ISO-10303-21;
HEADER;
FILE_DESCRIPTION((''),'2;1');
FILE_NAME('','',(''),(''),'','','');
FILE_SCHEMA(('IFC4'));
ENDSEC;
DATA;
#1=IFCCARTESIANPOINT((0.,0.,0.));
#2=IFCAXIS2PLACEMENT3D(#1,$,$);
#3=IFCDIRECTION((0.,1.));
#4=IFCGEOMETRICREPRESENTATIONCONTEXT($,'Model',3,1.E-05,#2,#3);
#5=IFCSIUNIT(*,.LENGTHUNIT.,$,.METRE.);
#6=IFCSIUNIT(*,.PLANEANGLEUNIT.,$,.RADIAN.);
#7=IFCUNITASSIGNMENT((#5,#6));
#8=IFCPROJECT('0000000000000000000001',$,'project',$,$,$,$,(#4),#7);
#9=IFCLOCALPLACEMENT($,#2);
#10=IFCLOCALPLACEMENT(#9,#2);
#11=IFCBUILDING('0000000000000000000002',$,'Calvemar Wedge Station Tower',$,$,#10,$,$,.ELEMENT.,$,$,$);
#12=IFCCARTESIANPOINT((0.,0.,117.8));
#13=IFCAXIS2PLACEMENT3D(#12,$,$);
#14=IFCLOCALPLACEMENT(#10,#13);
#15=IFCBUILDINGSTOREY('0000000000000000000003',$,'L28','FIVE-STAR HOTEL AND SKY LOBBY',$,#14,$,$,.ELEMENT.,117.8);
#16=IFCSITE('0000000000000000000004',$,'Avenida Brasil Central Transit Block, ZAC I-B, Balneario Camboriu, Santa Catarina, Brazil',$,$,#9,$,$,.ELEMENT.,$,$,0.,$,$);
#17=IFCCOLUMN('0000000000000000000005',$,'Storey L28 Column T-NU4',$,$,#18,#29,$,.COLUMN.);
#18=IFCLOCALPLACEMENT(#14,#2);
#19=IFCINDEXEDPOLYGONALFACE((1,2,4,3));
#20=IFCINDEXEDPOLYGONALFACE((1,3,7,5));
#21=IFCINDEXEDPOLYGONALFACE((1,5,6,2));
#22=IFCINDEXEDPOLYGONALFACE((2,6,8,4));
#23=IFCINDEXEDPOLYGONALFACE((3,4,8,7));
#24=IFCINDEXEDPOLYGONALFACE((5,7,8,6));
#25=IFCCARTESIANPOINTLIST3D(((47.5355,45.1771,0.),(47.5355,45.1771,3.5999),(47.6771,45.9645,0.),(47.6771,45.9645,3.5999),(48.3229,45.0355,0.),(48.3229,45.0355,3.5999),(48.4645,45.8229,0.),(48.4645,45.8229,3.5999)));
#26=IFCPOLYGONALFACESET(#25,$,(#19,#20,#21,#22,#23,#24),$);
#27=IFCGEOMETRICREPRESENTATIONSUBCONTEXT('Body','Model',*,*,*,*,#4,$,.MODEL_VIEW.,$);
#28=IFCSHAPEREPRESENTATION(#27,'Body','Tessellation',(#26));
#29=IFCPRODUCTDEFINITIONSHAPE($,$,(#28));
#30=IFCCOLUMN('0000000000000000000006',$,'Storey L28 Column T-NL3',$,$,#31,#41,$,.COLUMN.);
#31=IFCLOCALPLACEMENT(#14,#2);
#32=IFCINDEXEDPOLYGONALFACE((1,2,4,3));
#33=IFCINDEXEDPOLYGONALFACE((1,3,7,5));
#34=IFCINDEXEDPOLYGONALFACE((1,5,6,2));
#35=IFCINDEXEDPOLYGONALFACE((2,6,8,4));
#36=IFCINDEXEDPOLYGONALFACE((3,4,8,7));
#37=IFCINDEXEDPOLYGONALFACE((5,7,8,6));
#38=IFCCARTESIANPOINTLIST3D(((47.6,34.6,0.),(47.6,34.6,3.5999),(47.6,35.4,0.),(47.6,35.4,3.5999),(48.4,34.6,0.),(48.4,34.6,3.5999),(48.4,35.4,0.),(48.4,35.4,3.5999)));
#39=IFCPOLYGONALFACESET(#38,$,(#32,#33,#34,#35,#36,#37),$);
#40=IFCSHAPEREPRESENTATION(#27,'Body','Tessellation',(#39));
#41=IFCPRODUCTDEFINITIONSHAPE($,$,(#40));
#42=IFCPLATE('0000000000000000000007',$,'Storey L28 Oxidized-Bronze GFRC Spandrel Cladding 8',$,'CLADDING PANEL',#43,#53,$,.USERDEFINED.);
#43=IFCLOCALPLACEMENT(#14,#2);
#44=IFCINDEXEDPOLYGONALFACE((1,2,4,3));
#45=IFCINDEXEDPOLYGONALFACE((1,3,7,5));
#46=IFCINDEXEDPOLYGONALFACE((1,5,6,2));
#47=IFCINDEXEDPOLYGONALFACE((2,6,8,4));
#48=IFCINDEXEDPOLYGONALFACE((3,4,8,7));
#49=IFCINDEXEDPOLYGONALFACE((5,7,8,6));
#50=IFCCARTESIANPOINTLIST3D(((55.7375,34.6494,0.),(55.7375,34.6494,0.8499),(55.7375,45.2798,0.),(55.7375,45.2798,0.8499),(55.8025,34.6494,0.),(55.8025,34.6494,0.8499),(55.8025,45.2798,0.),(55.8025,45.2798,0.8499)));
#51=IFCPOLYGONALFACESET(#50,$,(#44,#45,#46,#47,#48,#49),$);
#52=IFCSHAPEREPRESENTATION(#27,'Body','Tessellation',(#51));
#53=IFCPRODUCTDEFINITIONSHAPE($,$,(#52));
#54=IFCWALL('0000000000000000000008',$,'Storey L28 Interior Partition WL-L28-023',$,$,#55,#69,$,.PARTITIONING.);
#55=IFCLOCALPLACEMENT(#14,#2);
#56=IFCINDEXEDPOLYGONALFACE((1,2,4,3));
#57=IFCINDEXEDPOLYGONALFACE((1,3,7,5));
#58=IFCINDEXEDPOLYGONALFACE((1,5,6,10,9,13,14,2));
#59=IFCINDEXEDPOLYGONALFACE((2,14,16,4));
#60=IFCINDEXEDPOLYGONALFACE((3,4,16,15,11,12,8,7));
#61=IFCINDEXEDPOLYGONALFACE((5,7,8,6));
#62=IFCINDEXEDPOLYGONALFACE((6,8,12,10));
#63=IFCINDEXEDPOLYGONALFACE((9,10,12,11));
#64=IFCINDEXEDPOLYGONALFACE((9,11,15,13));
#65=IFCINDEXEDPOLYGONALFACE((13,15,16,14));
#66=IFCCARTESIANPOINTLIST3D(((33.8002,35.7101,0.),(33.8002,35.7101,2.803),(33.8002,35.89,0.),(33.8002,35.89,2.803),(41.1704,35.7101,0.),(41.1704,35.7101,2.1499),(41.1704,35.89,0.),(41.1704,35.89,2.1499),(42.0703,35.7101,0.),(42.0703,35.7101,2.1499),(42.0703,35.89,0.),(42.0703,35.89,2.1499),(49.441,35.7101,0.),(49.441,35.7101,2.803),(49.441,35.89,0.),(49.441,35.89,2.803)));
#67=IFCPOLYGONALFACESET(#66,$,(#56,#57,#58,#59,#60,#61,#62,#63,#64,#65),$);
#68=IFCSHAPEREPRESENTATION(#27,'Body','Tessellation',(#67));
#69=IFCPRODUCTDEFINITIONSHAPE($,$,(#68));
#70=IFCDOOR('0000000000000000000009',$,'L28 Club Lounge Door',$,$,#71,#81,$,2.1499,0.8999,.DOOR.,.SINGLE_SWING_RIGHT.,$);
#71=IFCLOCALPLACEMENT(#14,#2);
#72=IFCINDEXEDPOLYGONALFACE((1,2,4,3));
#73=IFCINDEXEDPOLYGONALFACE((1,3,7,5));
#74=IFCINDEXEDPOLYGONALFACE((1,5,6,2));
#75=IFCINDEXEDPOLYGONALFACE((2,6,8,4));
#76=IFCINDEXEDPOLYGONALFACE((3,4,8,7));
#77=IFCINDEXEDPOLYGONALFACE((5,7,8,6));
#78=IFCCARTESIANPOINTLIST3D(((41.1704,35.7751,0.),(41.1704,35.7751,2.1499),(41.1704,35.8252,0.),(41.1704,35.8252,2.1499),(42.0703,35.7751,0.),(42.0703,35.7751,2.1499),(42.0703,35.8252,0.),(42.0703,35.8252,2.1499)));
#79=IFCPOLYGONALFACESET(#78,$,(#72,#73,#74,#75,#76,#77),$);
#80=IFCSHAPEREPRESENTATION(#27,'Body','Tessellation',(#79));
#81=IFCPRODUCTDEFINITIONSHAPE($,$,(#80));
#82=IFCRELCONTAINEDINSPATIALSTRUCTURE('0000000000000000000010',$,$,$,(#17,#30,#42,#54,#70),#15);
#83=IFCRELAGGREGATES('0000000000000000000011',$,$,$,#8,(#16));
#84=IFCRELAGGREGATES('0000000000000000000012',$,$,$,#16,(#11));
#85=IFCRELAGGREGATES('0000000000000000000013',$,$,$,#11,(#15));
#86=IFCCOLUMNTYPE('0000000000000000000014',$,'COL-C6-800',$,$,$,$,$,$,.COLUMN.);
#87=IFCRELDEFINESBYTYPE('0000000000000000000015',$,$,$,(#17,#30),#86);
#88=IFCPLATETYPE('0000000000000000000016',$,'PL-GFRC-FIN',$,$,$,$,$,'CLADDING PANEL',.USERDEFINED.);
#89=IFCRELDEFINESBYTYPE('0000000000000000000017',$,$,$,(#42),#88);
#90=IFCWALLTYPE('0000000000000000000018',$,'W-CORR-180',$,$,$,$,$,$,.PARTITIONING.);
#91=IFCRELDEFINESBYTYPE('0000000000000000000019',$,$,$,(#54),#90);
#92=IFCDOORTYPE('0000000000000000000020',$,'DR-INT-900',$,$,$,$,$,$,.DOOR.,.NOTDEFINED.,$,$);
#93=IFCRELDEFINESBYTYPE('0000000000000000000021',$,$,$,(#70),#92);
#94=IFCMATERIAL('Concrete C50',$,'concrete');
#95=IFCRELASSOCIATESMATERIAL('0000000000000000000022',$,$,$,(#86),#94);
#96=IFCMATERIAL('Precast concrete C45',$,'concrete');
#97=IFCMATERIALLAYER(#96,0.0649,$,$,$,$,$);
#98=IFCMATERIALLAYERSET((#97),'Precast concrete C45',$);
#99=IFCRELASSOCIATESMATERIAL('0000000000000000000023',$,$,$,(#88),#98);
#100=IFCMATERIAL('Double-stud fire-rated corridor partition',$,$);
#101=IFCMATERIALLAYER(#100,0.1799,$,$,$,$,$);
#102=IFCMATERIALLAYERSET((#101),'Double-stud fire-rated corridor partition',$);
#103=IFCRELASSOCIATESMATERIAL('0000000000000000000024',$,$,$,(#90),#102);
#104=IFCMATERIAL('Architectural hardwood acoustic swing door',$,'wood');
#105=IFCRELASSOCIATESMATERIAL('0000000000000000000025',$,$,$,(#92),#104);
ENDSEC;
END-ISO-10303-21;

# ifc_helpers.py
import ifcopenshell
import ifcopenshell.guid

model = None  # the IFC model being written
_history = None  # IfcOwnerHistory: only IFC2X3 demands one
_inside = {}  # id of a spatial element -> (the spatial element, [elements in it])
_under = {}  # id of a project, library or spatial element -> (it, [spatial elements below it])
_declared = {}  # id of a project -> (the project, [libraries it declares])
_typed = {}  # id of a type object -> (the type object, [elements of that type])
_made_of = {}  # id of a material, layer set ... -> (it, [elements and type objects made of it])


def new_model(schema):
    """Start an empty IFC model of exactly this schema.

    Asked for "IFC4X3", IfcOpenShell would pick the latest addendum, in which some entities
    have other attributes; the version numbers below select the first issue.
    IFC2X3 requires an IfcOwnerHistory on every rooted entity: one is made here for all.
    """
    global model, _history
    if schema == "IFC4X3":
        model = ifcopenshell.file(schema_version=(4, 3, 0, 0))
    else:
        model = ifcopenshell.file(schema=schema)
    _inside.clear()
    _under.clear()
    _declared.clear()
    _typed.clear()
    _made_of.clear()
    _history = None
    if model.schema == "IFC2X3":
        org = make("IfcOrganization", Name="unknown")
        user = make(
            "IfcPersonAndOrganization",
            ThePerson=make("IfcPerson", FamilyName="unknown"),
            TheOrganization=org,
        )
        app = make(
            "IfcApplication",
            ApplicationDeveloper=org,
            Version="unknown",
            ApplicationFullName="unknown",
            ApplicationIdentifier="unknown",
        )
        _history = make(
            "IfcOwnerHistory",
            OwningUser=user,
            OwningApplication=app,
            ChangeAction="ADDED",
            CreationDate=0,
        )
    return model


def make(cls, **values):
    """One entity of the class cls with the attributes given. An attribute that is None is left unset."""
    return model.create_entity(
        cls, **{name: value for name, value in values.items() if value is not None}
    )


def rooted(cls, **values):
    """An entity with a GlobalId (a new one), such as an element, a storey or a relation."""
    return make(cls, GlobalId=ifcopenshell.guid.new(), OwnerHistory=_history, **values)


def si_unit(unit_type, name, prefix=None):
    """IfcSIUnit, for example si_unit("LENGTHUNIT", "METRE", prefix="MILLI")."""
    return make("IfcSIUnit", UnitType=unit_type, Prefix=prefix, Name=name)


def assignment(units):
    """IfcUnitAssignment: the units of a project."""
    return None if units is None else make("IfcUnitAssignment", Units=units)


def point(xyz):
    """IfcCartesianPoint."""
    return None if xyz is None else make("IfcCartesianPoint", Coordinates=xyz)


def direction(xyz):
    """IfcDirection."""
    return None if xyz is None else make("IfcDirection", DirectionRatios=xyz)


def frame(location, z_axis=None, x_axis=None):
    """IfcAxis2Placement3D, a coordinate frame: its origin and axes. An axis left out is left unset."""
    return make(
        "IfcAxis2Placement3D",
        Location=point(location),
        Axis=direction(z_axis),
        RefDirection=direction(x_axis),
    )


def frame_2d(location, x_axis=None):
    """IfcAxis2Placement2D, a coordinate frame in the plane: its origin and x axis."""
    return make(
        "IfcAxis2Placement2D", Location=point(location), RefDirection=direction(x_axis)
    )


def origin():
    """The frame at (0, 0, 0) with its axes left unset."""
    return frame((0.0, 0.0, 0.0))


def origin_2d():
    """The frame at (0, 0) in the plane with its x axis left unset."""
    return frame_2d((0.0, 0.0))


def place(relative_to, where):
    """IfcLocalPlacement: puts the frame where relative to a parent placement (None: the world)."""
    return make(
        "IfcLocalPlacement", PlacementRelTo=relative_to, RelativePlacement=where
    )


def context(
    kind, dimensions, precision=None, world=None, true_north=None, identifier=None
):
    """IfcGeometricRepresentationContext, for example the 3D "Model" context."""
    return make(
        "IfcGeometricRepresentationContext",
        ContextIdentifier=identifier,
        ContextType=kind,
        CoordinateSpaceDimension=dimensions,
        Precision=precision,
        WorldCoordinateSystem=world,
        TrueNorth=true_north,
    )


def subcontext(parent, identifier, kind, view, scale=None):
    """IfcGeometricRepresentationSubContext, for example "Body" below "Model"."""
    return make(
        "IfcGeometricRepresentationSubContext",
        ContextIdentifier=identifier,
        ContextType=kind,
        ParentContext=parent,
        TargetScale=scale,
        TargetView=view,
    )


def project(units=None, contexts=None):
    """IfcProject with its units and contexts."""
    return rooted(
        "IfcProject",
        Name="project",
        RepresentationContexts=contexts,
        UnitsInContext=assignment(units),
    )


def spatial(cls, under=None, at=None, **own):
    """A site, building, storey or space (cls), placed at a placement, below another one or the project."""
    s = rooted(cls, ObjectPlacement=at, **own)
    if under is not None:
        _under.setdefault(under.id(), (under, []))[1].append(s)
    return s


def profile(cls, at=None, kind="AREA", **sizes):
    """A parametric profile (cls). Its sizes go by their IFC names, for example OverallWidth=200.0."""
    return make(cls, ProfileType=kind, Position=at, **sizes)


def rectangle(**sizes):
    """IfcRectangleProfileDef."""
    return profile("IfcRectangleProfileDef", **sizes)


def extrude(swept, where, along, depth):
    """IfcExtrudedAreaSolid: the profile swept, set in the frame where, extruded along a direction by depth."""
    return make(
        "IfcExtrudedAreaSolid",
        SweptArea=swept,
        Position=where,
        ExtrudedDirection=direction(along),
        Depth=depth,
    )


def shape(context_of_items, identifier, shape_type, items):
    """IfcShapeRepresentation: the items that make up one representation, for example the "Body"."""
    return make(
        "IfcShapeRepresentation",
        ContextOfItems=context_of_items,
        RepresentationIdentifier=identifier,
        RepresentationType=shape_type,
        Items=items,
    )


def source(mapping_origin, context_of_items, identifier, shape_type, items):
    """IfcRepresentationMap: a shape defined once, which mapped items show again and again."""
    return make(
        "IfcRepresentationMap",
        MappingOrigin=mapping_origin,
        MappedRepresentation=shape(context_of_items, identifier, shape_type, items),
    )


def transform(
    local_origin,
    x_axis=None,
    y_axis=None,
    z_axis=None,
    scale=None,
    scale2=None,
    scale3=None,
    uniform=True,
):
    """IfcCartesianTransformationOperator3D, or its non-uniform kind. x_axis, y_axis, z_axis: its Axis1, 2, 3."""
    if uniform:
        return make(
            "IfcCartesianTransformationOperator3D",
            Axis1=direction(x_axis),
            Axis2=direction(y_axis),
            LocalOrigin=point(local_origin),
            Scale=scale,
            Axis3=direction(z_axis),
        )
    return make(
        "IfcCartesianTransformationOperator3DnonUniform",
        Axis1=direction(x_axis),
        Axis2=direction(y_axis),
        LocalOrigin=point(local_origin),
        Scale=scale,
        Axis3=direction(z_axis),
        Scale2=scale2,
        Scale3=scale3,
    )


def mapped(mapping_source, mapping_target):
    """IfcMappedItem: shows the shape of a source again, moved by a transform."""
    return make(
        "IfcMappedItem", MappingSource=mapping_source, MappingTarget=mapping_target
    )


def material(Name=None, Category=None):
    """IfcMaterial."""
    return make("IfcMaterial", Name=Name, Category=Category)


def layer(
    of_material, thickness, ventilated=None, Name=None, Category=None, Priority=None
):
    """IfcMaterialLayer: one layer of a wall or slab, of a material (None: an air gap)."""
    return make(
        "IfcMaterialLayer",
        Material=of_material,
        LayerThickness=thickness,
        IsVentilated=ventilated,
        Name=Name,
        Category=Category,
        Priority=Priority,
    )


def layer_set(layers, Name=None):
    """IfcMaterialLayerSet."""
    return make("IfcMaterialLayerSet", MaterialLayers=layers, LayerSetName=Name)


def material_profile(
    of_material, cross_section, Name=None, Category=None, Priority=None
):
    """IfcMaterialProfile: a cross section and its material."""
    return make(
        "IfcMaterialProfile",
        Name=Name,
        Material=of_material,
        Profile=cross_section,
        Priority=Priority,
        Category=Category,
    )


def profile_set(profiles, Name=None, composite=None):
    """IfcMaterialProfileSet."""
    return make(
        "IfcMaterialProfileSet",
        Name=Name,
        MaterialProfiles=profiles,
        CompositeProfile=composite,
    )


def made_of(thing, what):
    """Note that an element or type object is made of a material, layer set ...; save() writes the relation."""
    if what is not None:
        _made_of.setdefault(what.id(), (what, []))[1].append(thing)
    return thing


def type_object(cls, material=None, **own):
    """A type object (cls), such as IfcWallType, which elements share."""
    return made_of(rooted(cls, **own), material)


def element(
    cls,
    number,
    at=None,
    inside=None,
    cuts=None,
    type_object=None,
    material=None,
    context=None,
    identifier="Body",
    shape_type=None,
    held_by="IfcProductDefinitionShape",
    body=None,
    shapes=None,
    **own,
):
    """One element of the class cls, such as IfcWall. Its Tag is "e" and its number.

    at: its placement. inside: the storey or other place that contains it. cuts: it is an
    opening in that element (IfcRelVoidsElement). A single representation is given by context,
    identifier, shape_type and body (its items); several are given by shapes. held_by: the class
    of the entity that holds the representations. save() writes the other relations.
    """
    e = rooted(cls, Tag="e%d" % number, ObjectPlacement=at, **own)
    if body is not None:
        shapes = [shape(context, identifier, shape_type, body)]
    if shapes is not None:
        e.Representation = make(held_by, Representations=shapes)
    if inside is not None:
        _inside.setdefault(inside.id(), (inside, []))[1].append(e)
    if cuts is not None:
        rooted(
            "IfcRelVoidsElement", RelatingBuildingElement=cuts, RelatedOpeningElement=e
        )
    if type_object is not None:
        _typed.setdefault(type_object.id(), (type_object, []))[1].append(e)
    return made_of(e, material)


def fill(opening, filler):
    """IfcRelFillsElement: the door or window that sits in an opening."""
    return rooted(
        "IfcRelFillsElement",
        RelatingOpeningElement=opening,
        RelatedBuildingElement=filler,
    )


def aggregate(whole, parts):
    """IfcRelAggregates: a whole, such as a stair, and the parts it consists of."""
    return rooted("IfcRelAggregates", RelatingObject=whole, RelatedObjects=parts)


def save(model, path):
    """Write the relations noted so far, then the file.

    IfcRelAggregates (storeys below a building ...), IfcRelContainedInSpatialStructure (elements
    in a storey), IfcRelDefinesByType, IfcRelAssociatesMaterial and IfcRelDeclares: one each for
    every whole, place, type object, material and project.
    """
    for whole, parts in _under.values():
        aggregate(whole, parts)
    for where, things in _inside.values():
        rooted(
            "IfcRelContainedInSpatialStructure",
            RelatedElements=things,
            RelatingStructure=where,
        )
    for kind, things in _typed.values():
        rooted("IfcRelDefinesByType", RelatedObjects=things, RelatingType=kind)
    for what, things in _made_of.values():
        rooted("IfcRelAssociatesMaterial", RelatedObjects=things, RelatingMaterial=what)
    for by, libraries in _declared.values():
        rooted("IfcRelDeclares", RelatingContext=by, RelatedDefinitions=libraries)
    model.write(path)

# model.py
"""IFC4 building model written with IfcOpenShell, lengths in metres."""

from ifc_helpers import new_model, si_unit, direction, frame, frame_2d, origin, origin_2d, place, context, subcontext, project, spatial, rectangle, extrude, source, transform, mapped, material, layer, layer_set, material_profile, profile_set, type_object, element, fill, save


model = new_model("IFC4")

# Units and contexts
model_context = context("Model", 3, precision=1e-05, world=origin(), true_north=direction((0.0, 1.0)))
body_context = subcontext(model_context, "Body", "Model", "MODEL_VIEW")
ifc_project = project(units=[si_unit("LENGTHUNIT", "METRE"), si_unit("PLANEANGLEUNIT", "RADIAN")], contexts=[model_context])

# Site, building, storey
site_placement = place(None, origin())
site = spatial("IfcSite", under=ifc_project, at=site_placement, Name="Avenida Brasil Central Transit Block, ZAC I-B, Balneario Camboriu, Santa Catarina, Brazil", CompositionType="ELEMENT", RefElevation=0.0)
building_placement = place(site_placement, origin())
building = spatial("IfcBuilding", under=site, at=building_placement, Name="Calvemar Wedge Station Tower", CompositionType="ELEMENT")
storey_placement = place(building_placement, frame((0.0, 0.0, 117.8)))
storey = spatial("IfcBuildingStorey", under=building, at=storey_placement, Name="L28", Description="FIVE-STAR HOTEL AND SKY LOBBY", CompositionType="ELEMENT", Elevation=117.8)

# Columns
ifc_material_1 = material(Name="Concrete C50", Category="concrete")
ifc_material_profile = material_profile(ifc_material_1, rectangle(XDim=0.8, YDim=0.8, at=origin_2d()), Name="RC800x800")
ifc_profile_set = profile_set([ifc_material_profile], Name="Concrete C50")
column_type = type_object("IfcColumnType", Name="COL-C6-800", PredefinedType="COLUMN", material=ifc_profile_set)
shared_shape_1 = source(origin(), body_context, "Body", "SweptSolid", [
    extrude(rectangle(XDim=0.8, YDim=0.8, at=origin_2d()), origin(), (0.0, 0.0, 1.0), 3.5999),
])
for number, where, z_axis, x_axis, name in (
    (1, (48.0, 45.5, 0.0), (0.0, 0.0, 1.0), (0.984196, -0.177085, 0.0), "Storey L28 Column T-NU4"),
    (2, (48.0, 35.0, 0.0), (0.0, 0.0, 1.0), (1.0, 0.0, 0.0), "Storey L28 Column T-NL3"),
):
    element("IfcColumn", number, at=place(storey_placement, frame(where, z_axis=z_axis, x_axis=x_axis)), inside=storey, type_object=column_type, Name=name, PredefinedType="COLUMN", context=body_context, shape_type="MappedRepresentation", body=[
        mapped(shared_shape_1, transform((0.0, 0.0, 0.0), scale=1.0)),
    ])

# Plate
ifc_material_2 = material(Name="Precast concrete C45", Category="concrete")
ifc_layer_1 = layer(ifc_material_2, 0.0649)
ifc_layer_set_1 = layer_set([ifc_layer_1], Name="Precast concrete C45")
plate_type = type_object("IfcPlateType", Name="PL-GFRC-FIN", ElementType="CLADDING PANEL", PredefinedType="USERDEFINED", material=ifc_layer_set_1)
plate_placement = place(storey_placement, frame((55.77, 34.6494, 0.0), z_axis=(0.0, 0.0, 1.0), x_axis=(0.0, 1.0, 0.0)))
element("IfcPlate", 3, at=plate_placement, inside=storey, type_object=plate_type, Name="Storey L28 Oxidized-Bronze GFRC Spandrel Cladding 8", ObjectType="CLADDING PANEL", PredefinedType="USERDEFINED", context=body_context, shape_type="SweptSolid", body=[
    extrude(rectangle(XDim=10.6304, YDim=0.0649, at=frame_2d((5.3152, 0.0))), origin(), (0.0, 0.0, 1.0), 0.8499),
])

# Wall, opening, door
ifc_material_3 = material(Name="Double-stud fire-rated corridor partition")
ifc_layer_2 = layer(ifc_material_3, 0.1799)
ifc_layer_set_2 = layer_set([ifc_layer_2], Name="Double-stud fire-rated corridor partition")
wall_type_1 = type_object("IfcWallType", Name="W-CORR-180", PredefinedType="PARTITIONING", material=ifc_layer_set_2)
shared_shape_2 = source(origin(), body_context, "Body", "SweptSolid", [
    extrude(rectangle(XDim=0.8999, YDim=2.1499, at=frame_2d((0.45, 1.075))), frame((0.0, 0.1001, 0.0), z_axis=(0.0, -1.0, 0.0), x_axis=(1.0, 0.0, 0.0)), (0.0, 0.0, 1.0), 0.2),
])
wall_1_placement = place(storey_placement, frame((49.4409, 35.8, 0.0), z_axis=(0.0, 0.0, 1.0), x_axis=(-1.0, 0.0, 0.0)))
wall_1 = element("IfcWall", 4, at=wall_1_placement, inside=storey, type_object=wall_type_1, Name="Storey L28 Interior Partition WL-L28-023", PredefinedType="PARTITIONING", context=body_context, shape_type="SweptSolid", body=[
    extrude(rectangle(XDim=15.6409, YDim=0.1799, at=frame_2d((7.8203, 0.0))), origin(), (0.0, 0.0, 1.0), 2.803),
])
opening_1_placement = place(wall_1_placement, frame((7.3706, 0.0, 0.0)))
opening_1 = element("IfcOpeningElement", 5, at=opening_1_placement, cuts=wall_1, PredefinedType="OPENING", context=body_context, shape_type="MappedRepresentation", body=[
    mapped(shared_shape_2, transform((0.0, 0.0, 0.0), scale=1.0)),
])
ifc_material_4 = material(Name="Architectural hardwood acoustic swing door", Category="wood")
door_type_1 = type_object("IfcDoorType", Name="DR-INT-900", OperationType="NOTDEFINED", PredefinedType="DOOR", material=ifc_material_4)
shared_shape_3 = source(origin(), body_context, "Body", "SweptSolid", [
    extrude(rectangle(XDim=0.8999, YDim=2.1499, at=frame_2d((0.45, 1.075))), frame((0.0, 0.0249, 0.0), z_axis=(0.0, -1.0, 0.0), x_axis=(1.0, 0.0, 0.0)), (0.0, 0.0, 1.0), 0.05),
])
door_1_placement = place(opening_1_placement, origin())
door_1 = element("IfcDoor", 6, at=door_1_placement, inside=storey, type_object=door_type_1, Name="L28 Club Lounge Door", OperationType="SINGLE_SWING_RIGHT", OverallHeight=2.1499, OverallWidth=0.8999, PredefinedType="DOOR", context=body_context, shape_type="MappedRepresentation", body=[
    mapped(shared_shape_3, transform((0.0, 0.0, 0.0), scale=1.0)),
])
fill(opening_1, door_1)

save(model, "model.ifc")
